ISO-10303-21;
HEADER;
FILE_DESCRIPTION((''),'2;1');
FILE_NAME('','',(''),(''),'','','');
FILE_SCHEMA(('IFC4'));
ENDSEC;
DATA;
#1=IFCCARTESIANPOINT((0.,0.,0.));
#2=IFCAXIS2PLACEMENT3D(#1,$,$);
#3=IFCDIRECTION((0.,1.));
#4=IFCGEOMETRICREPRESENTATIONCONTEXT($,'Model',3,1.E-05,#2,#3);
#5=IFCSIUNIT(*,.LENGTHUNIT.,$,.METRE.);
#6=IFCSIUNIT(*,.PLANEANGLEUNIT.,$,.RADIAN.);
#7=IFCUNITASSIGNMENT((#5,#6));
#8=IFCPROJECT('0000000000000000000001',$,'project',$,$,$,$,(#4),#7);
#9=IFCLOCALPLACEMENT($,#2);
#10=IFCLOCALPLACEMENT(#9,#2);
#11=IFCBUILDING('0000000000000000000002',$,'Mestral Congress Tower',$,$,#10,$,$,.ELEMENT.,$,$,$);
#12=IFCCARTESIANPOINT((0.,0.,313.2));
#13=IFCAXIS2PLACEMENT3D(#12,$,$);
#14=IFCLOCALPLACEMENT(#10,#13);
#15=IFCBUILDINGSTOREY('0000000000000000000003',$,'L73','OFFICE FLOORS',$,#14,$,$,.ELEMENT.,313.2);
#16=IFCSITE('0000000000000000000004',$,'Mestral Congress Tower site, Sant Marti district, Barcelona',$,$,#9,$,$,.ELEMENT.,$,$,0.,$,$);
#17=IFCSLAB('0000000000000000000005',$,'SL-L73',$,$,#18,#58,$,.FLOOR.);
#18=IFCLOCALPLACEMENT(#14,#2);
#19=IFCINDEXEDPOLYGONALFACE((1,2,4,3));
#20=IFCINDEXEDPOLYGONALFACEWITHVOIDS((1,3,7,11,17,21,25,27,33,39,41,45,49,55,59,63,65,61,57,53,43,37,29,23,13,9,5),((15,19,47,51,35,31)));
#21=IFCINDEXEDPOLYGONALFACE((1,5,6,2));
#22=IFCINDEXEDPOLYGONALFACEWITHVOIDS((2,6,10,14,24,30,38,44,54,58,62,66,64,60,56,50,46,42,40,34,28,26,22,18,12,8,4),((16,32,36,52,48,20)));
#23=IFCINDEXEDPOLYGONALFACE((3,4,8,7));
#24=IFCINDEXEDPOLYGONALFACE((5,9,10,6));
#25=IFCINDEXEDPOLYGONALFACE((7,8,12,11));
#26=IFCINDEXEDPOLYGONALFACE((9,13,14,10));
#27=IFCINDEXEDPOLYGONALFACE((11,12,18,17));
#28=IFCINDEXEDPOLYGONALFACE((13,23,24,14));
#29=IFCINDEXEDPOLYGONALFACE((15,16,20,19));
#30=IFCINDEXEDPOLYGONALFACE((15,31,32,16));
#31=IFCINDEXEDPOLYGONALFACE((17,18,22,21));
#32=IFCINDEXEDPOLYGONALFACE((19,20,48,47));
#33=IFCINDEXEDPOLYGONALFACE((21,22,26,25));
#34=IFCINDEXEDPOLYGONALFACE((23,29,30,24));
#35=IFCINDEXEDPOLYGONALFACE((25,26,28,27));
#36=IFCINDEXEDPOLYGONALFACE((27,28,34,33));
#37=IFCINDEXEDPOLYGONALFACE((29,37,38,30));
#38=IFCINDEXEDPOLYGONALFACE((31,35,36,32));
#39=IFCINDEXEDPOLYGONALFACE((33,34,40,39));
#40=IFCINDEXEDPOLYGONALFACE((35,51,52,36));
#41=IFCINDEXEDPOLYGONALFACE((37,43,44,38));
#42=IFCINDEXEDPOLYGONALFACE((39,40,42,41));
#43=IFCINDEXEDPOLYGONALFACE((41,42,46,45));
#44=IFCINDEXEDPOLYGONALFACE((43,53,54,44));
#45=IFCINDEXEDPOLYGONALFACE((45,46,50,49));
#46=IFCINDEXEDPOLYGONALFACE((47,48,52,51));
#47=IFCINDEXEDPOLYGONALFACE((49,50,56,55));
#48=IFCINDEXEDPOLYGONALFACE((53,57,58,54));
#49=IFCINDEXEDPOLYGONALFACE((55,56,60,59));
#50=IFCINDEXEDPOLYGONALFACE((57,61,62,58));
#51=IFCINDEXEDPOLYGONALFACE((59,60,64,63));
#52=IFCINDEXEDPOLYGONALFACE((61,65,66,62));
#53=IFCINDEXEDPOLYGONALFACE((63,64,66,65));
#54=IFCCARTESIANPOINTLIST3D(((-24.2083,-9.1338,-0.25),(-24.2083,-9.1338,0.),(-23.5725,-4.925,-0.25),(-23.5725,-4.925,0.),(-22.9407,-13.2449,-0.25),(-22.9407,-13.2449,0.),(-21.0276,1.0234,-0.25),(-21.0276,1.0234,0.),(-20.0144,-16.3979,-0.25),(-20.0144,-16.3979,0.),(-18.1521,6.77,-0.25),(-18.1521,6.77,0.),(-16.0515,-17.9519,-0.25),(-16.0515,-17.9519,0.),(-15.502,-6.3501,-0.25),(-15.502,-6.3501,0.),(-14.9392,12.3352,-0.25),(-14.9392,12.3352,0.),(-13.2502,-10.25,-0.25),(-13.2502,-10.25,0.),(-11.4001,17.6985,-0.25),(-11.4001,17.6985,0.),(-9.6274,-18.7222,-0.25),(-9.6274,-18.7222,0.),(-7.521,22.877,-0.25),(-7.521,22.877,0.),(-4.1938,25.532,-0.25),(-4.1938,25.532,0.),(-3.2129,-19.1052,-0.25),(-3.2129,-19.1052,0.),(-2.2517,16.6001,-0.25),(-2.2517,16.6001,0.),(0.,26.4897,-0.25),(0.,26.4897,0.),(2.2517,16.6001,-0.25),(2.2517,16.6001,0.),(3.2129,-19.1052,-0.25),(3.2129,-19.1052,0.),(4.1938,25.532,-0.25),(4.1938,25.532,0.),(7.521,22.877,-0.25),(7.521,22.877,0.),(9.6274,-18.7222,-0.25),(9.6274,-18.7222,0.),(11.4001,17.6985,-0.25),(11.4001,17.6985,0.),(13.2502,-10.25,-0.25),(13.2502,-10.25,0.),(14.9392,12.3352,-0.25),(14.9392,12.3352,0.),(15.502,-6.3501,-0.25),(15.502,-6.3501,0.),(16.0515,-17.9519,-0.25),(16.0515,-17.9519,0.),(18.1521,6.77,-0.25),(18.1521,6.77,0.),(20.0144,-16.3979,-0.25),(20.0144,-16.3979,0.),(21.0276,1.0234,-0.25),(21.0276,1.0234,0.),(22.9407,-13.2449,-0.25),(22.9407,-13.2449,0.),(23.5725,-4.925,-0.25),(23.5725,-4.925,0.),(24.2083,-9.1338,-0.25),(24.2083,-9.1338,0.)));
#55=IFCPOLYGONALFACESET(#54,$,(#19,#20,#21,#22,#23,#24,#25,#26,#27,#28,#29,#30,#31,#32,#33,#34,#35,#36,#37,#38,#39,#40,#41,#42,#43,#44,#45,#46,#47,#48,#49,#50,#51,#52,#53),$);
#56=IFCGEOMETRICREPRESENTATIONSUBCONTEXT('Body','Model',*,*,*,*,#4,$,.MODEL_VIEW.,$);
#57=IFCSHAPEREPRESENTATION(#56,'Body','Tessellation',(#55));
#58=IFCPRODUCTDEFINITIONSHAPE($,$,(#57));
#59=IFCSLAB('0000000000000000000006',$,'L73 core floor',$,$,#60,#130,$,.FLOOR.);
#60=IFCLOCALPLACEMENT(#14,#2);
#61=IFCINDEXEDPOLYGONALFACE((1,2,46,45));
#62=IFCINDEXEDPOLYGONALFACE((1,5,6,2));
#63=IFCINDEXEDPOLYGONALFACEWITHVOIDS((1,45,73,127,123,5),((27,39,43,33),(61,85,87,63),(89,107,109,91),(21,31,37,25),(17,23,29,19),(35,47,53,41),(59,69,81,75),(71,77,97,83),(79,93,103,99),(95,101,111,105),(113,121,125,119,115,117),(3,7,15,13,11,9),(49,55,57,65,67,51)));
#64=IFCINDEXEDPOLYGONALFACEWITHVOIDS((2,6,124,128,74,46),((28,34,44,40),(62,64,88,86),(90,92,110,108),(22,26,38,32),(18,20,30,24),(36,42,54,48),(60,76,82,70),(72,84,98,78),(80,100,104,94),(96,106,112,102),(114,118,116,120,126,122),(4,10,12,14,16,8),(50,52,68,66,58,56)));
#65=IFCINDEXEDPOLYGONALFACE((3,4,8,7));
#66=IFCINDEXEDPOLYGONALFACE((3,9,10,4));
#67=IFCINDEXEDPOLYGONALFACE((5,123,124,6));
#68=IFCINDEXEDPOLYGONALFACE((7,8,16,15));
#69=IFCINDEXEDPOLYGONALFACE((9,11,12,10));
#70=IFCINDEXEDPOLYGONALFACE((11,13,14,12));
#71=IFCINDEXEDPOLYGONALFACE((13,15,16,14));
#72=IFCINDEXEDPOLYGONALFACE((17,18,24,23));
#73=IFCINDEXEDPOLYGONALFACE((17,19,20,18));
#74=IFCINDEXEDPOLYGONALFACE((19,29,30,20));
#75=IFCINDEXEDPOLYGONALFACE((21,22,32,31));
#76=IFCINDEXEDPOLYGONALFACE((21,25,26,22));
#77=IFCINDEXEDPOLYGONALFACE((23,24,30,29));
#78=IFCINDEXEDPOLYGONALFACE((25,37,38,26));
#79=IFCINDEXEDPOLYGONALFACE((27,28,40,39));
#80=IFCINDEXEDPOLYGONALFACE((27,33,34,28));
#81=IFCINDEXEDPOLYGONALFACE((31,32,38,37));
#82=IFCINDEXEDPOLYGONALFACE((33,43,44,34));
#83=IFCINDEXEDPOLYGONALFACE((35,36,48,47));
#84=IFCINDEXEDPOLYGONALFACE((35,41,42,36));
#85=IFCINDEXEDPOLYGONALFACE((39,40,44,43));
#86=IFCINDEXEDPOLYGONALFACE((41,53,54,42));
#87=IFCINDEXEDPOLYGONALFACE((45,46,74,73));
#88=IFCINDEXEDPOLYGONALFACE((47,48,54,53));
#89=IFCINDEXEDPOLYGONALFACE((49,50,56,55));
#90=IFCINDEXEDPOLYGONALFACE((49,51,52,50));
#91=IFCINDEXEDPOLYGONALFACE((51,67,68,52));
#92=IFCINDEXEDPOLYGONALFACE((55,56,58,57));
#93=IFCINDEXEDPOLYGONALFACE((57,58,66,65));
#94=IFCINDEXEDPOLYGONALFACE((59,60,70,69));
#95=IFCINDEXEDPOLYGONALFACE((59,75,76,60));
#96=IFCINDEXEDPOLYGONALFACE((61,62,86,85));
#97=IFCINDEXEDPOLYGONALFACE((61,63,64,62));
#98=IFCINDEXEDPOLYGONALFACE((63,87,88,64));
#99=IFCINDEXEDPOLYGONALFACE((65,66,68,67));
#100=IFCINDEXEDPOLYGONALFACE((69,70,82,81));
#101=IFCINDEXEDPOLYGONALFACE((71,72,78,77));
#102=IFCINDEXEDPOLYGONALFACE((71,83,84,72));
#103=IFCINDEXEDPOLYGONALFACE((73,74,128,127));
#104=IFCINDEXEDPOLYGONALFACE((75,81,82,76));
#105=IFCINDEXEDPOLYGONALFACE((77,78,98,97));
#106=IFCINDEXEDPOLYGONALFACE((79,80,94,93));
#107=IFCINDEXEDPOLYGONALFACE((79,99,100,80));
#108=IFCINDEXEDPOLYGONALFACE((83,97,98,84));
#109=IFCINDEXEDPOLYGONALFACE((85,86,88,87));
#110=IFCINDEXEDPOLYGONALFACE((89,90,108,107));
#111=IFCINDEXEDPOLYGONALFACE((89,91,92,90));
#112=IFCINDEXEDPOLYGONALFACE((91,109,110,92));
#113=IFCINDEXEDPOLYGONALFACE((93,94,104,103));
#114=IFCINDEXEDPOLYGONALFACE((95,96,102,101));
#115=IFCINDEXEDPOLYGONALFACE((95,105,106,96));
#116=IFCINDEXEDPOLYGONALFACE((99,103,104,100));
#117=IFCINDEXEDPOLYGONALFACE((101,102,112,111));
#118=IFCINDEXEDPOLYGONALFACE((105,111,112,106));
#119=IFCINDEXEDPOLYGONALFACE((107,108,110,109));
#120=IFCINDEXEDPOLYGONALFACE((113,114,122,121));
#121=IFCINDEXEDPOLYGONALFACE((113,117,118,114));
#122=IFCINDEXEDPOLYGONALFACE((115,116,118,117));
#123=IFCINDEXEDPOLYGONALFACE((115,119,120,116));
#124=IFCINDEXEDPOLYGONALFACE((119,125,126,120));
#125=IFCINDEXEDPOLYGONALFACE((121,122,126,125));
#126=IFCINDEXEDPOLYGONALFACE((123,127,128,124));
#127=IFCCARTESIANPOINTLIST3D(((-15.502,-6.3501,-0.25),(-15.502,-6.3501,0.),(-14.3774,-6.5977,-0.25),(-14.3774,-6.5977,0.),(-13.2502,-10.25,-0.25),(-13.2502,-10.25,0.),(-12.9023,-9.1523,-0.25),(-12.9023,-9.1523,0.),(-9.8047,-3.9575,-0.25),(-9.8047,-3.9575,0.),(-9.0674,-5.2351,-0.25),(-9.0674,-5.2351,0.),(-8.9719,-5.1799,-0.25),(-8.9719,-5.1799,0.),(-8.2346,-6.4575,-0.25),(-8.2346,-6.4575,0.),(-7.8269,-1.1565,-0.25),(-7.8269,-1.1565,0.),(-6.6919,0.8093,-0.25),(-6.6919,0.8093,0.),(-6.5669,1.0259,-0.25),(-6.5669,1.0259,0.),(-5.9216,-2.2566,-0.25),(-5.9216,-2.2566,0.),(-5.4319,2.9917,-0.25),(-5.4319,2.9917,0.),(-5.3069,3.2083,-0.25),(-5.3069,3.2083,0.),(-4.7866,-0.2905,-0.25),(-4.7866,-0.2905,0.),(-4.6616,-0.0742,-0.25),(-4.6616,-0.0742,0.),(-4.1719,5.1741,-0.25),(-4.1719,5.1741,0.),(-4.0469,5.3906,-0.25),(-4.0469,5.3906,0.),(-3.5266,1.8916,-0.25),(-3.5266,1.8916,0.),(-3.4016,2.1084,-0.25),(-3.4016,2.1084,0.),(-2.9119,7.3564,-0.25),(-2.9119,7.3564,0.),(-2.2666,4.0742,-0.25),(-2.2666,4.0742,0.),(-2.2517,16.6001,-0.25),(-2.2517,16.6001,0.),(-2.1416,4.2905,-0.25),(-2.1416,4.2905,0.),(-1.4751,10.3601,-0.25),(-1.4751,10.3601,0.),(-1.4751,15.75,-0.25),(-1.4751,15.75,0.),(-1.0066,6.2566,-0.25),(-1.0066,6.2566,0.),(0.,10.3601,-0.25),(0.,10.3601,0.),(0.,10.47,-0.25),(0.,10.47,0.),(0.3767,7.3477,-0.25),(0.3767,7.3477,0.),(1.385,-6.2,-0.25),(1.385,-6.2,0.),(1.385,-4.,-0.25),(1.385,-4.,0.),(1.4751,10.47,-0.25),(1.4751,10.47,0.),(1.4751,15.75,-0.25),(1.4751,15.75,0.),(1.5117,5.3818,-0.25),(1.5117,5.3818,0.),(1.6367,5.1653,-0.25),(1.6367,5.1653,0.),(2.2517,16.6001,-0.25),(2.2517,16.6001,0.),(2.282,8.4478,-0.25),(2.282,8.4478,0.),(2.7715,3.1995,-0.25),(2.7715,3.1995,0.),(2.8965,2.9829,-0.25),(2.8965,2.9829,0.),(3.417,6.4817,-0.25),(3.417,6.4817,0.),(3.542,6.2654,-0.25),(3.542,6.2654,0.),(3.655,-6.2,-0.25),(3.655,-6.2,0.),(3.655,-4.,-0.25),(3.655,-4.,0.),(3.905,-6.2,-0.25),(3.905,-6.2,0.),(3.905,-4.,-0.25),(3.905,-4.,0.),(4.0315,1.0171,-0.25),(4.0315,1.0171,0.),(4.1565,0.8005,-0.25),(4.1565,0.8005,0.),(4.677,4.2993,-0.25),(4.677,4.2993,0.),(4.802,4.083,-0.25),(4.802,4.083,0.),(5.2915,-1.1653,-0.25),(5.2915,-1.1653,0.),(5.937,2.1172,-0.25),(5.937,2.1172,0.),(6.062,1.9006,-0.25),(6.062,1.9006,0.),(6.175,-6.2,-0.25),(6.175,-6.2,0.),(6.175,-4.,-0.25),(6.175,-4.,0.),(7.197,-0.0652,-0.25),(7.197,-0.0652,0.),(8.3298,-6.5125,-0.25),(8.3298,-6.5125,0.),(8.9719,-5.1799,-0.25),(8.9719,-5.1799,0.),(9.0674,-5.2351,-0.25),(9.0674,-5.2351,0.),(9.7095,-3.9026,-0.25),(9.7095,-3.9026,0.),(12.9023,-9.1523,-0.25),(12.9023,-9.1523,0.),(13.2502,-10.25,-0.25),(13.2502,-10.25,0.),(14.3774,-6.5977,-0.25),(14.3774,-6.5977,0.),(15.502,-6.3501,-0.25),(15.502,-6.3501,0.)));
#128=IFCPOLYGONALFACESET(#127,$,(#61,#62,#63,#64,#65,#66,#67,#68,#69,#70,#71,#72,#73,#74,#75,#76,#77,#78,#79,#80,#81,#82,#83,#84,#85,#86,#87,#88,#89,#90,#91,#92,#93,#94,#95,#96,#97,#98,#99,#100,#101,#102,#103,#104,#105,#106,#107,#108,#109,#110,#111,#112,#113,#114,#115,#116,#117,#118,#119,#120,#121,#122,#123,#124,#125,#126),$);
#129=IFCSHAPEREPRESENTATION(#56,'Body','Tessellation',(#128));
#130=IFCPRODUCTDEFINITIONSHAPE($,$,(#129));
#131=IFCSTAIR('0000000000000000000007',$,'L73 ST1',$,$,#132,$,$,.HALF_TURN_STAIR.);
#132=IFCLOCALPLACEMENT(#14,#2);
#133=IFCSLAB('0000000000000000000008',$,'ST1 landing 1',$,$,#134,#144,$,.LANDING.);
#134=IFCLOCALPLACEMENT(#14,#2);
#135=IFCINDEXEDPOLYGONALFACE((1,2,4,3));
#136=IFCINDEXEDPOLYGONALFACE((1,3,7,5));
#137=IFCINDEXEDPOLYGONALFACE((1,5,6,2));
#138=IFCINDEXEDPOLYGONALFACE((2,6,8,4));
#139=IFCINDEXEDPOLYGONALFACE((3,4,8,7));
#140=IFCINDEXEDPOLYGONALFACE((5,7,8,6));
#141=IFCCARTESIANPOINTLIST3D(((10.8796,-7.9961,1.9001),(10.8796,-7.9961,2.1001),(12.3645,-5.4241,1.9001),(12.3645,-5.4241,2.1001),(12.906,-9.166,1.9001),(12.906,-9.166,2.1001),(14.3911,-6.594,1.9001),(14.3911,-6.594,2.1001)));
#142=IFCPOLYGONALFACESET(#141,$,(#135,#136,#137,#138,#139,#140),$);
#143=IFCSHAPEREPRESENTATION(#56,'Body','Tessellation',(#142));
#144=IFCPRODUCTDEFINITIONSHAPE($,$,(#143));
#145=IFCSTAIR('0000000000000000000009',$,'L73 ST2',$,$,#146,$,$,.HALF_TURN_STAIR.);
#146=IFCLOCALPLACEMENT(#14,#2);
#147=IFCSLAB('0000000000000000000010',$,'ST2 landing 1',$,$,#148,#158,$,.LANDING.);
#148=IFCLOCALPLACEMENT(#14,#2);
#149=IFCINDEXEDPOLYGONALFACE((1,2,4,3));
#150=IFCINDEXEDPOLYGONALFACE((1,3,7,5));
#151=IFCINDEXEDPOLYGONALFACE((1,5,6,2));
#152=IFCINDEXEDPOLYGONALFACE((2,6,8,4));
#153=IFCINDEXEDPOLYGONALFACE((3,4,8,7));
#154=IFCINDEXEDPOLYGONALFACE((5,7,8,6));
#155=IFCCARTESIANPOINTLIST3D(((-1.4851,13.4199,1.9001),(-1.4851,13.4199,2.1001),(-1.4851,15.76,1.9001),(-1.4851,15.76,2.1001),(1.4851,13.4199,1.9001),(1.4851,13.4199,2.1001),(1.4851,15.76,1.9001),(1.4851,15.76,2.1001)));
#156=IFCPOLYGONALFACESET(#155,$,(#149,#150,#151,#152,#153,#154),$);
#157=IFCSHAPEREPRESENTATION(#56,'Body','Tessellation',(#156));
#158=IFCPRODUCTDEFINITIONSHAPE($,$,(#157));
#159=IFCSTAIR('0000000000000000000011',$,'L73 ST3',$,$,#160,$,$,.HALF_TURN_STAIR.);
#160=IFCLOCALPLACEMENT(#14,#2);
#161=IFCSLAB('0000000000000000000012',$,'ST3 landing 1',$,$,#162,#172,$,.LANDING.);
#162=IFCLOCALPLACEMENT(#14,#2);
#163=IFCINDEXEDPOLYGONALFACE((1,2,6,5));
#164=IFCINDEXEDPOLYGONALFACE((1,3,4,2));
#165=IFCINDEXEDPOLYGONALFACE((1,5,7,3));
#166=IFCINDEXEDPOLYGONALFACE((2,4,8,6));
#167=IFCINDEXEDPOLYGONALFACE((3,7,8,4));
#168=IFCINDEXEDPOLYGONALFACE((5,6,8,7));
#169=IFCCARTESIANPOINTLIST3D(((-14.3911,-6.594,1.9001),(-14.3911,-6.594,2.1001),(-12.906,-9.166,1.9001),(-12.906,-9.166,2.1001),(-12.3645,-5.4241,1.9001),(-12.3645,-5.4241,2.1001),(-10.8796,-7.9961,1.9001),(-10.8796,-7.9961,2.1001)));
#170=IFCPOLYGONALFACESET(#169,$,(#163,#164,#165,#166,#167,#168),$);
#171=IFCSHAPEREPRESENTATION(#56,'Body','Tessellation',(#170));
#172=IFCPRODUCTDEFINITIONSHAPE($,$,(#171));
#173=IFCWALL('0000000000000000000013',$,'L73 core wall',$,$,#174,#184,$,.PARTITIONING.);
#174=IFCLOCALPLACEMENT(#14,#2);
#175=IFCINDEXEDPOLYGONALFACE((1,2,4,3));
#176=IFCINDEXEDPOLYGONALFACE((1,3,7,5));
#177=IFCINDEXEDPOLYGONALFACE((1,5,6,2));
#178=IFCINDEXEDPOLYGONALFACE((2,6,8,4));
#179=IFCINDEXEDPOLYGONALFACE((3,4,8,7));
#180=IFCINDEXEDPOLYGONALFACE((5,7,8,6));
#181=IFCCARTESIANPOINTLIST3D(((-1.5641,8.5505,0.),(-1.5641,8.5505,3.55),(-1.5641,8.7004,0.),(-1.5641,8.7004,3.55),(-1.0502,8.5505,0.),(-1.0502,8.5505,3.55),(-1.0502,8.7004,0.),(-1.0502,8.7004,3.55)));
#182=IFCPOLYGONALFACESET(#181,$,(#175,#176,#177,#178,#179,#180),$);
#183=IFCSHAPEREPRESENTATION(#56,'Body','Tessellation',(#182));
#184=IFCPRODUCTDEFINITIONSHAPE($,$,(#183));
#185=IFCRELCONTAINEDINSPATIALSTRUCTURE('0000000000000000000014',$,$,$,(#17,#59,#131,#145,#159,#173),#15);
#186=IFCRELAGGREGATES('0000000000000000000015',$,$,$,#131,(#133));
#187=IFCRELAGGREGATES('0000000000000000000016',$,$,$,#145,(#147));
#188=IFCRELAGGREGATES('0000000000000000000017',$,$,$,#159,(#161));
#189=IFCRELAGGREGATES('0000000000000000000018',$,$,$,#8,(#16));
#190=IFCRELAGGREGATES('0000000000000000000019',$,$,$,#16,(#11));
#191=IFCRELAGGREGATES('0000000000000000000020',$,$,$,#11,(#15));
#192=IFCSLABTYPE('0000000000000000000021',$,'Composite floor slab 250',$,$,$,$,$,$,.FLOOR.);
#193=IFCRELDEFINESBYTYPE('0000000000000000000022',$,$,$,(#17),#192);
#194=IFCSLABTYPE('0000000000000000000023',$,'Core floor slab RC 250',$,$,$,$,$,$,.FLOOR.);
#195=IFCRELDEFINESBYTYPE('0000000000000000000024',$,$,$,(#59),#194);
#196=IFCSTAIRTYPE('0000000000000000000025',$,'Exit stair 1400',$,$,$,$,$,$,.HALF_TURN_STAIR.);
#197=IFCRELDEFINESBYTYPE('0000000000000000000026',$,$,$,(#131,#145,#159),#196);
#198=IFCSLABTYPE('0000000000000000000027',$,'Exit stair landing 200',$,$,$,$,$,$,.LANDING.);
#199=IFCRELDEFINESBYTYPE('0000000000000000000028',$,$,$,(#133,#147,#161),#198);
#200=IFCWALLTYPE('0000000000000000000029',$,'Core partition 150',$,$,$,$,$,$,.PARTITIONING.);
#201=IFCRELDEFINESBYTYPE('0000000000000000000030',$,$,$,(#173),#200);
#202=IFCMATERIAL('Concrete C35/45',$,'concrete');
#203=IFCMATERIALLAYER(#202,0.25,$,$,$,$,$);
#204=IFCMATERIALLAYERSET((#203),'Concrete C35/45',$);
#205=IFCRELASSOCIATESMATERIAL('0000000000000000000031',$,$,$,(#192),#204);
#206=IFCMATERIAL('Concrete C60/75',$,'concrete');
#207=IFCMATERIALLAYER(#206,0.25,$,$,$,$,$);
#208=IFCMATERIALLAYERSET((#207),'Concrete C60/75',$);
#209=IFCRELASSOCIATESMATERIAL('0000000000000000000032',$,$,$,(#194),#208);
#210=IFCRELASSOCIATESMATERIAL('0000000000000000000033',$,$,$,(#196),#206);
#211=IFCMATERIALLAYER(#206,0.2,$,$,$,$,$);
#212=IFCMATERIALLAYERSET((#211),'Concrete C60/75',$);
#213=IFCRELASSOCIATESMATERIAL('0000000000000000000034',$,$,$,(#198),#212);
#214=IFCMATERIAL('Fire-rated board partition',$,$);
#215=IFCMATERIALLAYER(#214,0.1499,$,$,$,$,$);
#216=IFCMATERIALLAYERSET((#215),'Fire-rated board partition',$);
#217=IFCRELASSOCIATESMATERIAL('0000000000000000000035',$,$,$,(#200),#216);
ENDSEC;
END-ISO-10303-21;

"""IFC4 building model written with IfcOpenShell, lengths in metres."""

from ifc_helpers import new_model, si_unit, direction, frame, frame_2d, origin, place, context, subcontext, project, spatial, polyline, rectangle, outline, extrude, material, layer, layer_set, type_object, element, aggregate, save


model = new_model("IFC4")

# Units and contexts
model_context = context("Model", 3, precision=1e-05, world=origin(), true_north=direction((0.0, 1.0)))
body_context = subcontext(model_context, "Body", "Model", "MODEL_VIEW")
ifc_project = project(units=[si_unit("LENGTHUNIT", "METRE"), si_unit("PLANEANGLEUNIT", "RADIAN")], contexts=[model_context])

# Site, building, storey
site_placement = place(None, origin())
site = spatial("IfcSite", under=ifc_project, at=site_placement, Name="Mestral Congress Tower site, Sant Marti district, Barcelona", CompositionType="ELEMENT", RefElevation=0.0)
building_placement = place(site_placement, origin())
building = spatial("IfcBuilding", under=site, at=building_placement, Name="Mestral Congress Tower", CompositionType="ELEMENT")
storey_placement = place(building_placement, frame((0.0, 0.0, 313.2)))
storey = spatial("IfcBuildingStorey", under=building, at=storey_placement, Name="L73", Description="OFFICE FLOORS", CompositionType="ELEMENT", Elevation=313.2)

# Slabs
ifc_material_1 = material(Name="Concrete C35/45", Category="concrete")
ifc_layer_1 = layer(ifc_material_1, 0.25)
ifc_layer_set_1 = layer_set([ifc_layer_1], Name="Concrete C35/45")
slab_type_1 = type_object("IfcSlabType", Name="Composite floor slab 250", PredefinedType="FLOOR", material=ifc_layer_set_1)
placement_1 = place(storey_placement, frame((0.0, 0.0, -0.25)))
element("IfcSlab", 1, at=placement_1, inside=storey, type_object=slab_type_1, Name="SL-L73", PredefinedType="FLOOR", context=body_context, shape_type="SweptSolid", body=[
    extrude(outline(polyline([(-16.0515, -17.9519), (-20.0144, -16.3979), (-22.9407, -13.2449), (-24.2083, -9.1338), (-23.5725, -4.925), (-21.0276, 1.0234), (-18.1521, 6.77), (-14.9392, 12.3352), (-11.4001, 17.6985), (-7.521, 22.877), (-4.1938, 25.532), (0.0, 26.4897), (4.1938, 25.532), (7.521, 22.877), (11.4001, 17.6985), (14.9392, 12.3352), (18.1521, 6.77), (21.0276, 1.0234), (23.5725, -4.925), (24.2083, -9.1338), (22.9407, -13.2449), (20.0144, -16.3979), (16.0515, -17.9519), (9.6274, -18.7222), (3.2129, -19.1052), (-3.2129, -19.1052), (-9.6274, -18.7222), (-16.0515, -17.9519)]), holes=[polyline([(-2.2517, 16.6001), (-15.502, -6.3501), (-13.2502, -10.25), (13.2502, -10.25), (15.502, -6.3501), (2.2517, 16.6001), (-2.2517, 16.6001)])]), origin(), (0.0, 0.0, 1.0), 0.25),
])
ifc_material_2 = material(Name="Concrete C60/75", Category="concrete")
ifc_layer_2 = layer(ifc_material_2, 0.25)
ifc_layer_set_2 = layer_set([ifc_layer_2], Name="Concrete C60/75")
slab_type_2 = type_object("IfcSlabType", Name="Core floor slab RC 250", PredefinedType="FLOOR", material=ifc_layer_set_2)
element("IfcSlab", 2, at=placement_1, inside=storey, type_object=slab_type_2, Name="L73 core floor", PredefinedType="FLOOR", context=body_context, shape_type="SweptSolid", body=[
    extrude(outline(polyline([(13.2502, -10.25), (-13.2502, -10.25), (-15.502, -6.3501), (-2.2517, 16.6001), (2.2517, 16.6001), (15.502, -6.3501), (13.2502, -10.25)]), holes=[polyline([(-14.3774, -6.5977), (-12.9023, -9.1523), (-8.2346, -6.4575), (-8.9719, -5.1799), (-9.0674, -5.2351), (-9.8047, -3.9575), (-14.3774, -6.5977)]), polyline([(-5.9216, -2.2566), (-4.7866, -0.2905), (-6.6919, 0.8093), (-7.8269, -1.1565), (-5.9216, -2.2566)]), polyline([(-4.6616, -0.0742), (-3.5266, 1.8916), (-5.4319, 2.9917), (-6.5669, 1.0259), (-4.6616, -0.0742)]), polyline([(-2.2666, 4.0742), (-4.1719, 5.1741), (-5.3069, 3.2083), (-3.4016, 2.1084), (-2.2666, 4.0742)]), polyline([(-2.1416, 4.2905), (-1.0066, 6.2566), (-2.9119, 7.3564), (-4.0469, 5.3906), (-2.1416, 4.2905)]), polyline([(0.3767, 7.3477), (1.5117, 5.3818), (3.417, 6.4817), (2.282, 8.4478), (0.3767, 7.3477)]), polyline([(1.4751, 15.75), (-1.4751, 15.75), (-1.4751, 10.3601), (0.0, 10.3601), (0.0, 10.47), (1.4751, 10.47), (1.4751, 15.75)]), polyline([(8.3298, -6.5125), (12.9023, -9.1523), (14.3774, -6.5977), (9.7095, -3.9026), (8.9719, -5.1799), (9.0674, -5.2351), (8.3298, -6.5125)]), polyline([(3.655, -4.0), (1.385, -4.0), (1.385, -6.2), (3.655, -6.2), (3.655, -4.0)]), polyline([(6.175, -4.0), (3.905, -4.0), (3.905, -6.2), (6.175, -6.2), (6.175, -4.0)]), polyline([(4.1565, 0.8005), (5.2915, -1.1653), (7.197, -0.0652), (6.062, 1.9006), (4.1565, 0.8005)]), polyline([(2.8965, 2.9829), (4.0315, 1.0171), (5.937, 2.1172), (4.802, 4.083), (2.8965, 2.9829)]), polyline([(1.6367, 5.1653), (2.7715, 3.1995), (4.677, 4.2993), (3.542, 6.2654), (1.6367, 5.1653)])]), origin(), (0.0, 0.0, 1.0), 0.25),
])

# Stairs, slabs
stair_type = type_object("IfcStairType", Name="Exit stair 1400", PredefinedType="HALF_TURN_STAIR", material=ifc_material_2)
placement_2 = place(storey_placement, origin())
stair_1 = element("IfcStair", 3, at=placement_2, inside=storey, type_object=stair_type, Name="L73 ST1", PredefinedType="HALF_TURN_STAIR")
ifc_layer_3 = layer(ifc_material_2, 0.2)
ifc_layer_set_3 = layer_set([ifc_layer_3], Name="Concrete C60/75")
slab_type_3 = type_object("IfcSlabType", Name="Exit stair landing 200", PredefinedType="LANDING", material=ifc_layer_set_3)
placement_3 = place(storey_placement, frame((0.0, 0.0, 1.9001)))
slab_1 = element("IfcSlab", 4, at=placement_3, type_object=slab_type_3, Name="ST1 landing 1", PredefinedType="LANDING", context=body_context, shape_type="SweptSolid", body=[
    extrude(outline(polyline([(10.8796, -7.9961), (12.3645, -5.4241), (14.3911, -6.594), (12.906, -9.166), (10.8796, -7.9961)])), origin(), (0.0, 0.0, 1.0), 0.2),
])
aggregate(stair_1, [slab_1])
stair_2 = element("IfcStair", 5, at=placement_2, inside=storey, type_object=stair_type, Name="L73 ST2", PredefinedType="HALF_TURN_STAIR")
slab_2 = element("IfcSlab", 6, at=placement_3, type_object=slab_type_3, Name="ST2 landing 1", PredefinedType="LANDING", context=body_context, shape_type="SweptSolid", body=[
    extrude(outline(polyline([(1.4851, 13.4199), (-1.4851, 13.4199), (-1.4851, 15.76), (1.4851, 15.76), (1.4851, 13.4199)])), origin(), (0.0, 0.0, 1.0), 0.2),
])
aggregate(stair_2, [slab_2])
stair_3 = element("IfcStair", 7, at=placement_2, inside=storey, type_object=stair_type, Name="L73 ST3", PredefinedType="HALF_TURN_STAIR")
slab_3 = element("IfcSlab", 8, at=placement_3, type_object=slab_type_3, Name="ST3 landing 1", PredefinedType="LANDING", context=body_context, shape_type="SweptSolid", body=[
    extrude(outline(polyline([(-12.3645, -5.4241), (-10.8796, -7.9961), (-12.906, -9.166), (-14.3911, -6.594), (-12.3645, -5.4241)])), origin(), (0.0, 0.0, 1.0), 0.2),
])
aggregate(stair_3, [slab_3])

# Wall
ifc_material_3 = material(Name="Fire-rated board partition")
ifc_layer_4 = layer(ifc_material_3, 0.1499)
ifc_layer_set_4 = layer_set([ifc_layer_4], Name="Fire-rated board partition")
wall_type_1 = type_object("IfcWallType", Name="Core partition 150", PredefinedType="PARTITIONING", material=ifc_layer_set_4)
wall_1_placement = place(storey_placement, frame((-1.564, 8.6255, 0.0), z_axis=(0.0, 0.0, 1.0), x_axis=(1.0, 0.0, 0.0)))
element("IfcWall", 9, at=wall_1_placement, inside=storey, type_object=wall_type_1, Name="L73 core wall", PredefinedType="PARTITIONING", context=body_context, shape_type="SweptSolid", body=[
    extrude(rectangle(XDim=0.5139, YDim=0.1499, at=frame_2d((0.2568, 0.0))), origin(), (0.0, 0.0, 1.0), 3.55),
])

save(model, "model.ifc")
